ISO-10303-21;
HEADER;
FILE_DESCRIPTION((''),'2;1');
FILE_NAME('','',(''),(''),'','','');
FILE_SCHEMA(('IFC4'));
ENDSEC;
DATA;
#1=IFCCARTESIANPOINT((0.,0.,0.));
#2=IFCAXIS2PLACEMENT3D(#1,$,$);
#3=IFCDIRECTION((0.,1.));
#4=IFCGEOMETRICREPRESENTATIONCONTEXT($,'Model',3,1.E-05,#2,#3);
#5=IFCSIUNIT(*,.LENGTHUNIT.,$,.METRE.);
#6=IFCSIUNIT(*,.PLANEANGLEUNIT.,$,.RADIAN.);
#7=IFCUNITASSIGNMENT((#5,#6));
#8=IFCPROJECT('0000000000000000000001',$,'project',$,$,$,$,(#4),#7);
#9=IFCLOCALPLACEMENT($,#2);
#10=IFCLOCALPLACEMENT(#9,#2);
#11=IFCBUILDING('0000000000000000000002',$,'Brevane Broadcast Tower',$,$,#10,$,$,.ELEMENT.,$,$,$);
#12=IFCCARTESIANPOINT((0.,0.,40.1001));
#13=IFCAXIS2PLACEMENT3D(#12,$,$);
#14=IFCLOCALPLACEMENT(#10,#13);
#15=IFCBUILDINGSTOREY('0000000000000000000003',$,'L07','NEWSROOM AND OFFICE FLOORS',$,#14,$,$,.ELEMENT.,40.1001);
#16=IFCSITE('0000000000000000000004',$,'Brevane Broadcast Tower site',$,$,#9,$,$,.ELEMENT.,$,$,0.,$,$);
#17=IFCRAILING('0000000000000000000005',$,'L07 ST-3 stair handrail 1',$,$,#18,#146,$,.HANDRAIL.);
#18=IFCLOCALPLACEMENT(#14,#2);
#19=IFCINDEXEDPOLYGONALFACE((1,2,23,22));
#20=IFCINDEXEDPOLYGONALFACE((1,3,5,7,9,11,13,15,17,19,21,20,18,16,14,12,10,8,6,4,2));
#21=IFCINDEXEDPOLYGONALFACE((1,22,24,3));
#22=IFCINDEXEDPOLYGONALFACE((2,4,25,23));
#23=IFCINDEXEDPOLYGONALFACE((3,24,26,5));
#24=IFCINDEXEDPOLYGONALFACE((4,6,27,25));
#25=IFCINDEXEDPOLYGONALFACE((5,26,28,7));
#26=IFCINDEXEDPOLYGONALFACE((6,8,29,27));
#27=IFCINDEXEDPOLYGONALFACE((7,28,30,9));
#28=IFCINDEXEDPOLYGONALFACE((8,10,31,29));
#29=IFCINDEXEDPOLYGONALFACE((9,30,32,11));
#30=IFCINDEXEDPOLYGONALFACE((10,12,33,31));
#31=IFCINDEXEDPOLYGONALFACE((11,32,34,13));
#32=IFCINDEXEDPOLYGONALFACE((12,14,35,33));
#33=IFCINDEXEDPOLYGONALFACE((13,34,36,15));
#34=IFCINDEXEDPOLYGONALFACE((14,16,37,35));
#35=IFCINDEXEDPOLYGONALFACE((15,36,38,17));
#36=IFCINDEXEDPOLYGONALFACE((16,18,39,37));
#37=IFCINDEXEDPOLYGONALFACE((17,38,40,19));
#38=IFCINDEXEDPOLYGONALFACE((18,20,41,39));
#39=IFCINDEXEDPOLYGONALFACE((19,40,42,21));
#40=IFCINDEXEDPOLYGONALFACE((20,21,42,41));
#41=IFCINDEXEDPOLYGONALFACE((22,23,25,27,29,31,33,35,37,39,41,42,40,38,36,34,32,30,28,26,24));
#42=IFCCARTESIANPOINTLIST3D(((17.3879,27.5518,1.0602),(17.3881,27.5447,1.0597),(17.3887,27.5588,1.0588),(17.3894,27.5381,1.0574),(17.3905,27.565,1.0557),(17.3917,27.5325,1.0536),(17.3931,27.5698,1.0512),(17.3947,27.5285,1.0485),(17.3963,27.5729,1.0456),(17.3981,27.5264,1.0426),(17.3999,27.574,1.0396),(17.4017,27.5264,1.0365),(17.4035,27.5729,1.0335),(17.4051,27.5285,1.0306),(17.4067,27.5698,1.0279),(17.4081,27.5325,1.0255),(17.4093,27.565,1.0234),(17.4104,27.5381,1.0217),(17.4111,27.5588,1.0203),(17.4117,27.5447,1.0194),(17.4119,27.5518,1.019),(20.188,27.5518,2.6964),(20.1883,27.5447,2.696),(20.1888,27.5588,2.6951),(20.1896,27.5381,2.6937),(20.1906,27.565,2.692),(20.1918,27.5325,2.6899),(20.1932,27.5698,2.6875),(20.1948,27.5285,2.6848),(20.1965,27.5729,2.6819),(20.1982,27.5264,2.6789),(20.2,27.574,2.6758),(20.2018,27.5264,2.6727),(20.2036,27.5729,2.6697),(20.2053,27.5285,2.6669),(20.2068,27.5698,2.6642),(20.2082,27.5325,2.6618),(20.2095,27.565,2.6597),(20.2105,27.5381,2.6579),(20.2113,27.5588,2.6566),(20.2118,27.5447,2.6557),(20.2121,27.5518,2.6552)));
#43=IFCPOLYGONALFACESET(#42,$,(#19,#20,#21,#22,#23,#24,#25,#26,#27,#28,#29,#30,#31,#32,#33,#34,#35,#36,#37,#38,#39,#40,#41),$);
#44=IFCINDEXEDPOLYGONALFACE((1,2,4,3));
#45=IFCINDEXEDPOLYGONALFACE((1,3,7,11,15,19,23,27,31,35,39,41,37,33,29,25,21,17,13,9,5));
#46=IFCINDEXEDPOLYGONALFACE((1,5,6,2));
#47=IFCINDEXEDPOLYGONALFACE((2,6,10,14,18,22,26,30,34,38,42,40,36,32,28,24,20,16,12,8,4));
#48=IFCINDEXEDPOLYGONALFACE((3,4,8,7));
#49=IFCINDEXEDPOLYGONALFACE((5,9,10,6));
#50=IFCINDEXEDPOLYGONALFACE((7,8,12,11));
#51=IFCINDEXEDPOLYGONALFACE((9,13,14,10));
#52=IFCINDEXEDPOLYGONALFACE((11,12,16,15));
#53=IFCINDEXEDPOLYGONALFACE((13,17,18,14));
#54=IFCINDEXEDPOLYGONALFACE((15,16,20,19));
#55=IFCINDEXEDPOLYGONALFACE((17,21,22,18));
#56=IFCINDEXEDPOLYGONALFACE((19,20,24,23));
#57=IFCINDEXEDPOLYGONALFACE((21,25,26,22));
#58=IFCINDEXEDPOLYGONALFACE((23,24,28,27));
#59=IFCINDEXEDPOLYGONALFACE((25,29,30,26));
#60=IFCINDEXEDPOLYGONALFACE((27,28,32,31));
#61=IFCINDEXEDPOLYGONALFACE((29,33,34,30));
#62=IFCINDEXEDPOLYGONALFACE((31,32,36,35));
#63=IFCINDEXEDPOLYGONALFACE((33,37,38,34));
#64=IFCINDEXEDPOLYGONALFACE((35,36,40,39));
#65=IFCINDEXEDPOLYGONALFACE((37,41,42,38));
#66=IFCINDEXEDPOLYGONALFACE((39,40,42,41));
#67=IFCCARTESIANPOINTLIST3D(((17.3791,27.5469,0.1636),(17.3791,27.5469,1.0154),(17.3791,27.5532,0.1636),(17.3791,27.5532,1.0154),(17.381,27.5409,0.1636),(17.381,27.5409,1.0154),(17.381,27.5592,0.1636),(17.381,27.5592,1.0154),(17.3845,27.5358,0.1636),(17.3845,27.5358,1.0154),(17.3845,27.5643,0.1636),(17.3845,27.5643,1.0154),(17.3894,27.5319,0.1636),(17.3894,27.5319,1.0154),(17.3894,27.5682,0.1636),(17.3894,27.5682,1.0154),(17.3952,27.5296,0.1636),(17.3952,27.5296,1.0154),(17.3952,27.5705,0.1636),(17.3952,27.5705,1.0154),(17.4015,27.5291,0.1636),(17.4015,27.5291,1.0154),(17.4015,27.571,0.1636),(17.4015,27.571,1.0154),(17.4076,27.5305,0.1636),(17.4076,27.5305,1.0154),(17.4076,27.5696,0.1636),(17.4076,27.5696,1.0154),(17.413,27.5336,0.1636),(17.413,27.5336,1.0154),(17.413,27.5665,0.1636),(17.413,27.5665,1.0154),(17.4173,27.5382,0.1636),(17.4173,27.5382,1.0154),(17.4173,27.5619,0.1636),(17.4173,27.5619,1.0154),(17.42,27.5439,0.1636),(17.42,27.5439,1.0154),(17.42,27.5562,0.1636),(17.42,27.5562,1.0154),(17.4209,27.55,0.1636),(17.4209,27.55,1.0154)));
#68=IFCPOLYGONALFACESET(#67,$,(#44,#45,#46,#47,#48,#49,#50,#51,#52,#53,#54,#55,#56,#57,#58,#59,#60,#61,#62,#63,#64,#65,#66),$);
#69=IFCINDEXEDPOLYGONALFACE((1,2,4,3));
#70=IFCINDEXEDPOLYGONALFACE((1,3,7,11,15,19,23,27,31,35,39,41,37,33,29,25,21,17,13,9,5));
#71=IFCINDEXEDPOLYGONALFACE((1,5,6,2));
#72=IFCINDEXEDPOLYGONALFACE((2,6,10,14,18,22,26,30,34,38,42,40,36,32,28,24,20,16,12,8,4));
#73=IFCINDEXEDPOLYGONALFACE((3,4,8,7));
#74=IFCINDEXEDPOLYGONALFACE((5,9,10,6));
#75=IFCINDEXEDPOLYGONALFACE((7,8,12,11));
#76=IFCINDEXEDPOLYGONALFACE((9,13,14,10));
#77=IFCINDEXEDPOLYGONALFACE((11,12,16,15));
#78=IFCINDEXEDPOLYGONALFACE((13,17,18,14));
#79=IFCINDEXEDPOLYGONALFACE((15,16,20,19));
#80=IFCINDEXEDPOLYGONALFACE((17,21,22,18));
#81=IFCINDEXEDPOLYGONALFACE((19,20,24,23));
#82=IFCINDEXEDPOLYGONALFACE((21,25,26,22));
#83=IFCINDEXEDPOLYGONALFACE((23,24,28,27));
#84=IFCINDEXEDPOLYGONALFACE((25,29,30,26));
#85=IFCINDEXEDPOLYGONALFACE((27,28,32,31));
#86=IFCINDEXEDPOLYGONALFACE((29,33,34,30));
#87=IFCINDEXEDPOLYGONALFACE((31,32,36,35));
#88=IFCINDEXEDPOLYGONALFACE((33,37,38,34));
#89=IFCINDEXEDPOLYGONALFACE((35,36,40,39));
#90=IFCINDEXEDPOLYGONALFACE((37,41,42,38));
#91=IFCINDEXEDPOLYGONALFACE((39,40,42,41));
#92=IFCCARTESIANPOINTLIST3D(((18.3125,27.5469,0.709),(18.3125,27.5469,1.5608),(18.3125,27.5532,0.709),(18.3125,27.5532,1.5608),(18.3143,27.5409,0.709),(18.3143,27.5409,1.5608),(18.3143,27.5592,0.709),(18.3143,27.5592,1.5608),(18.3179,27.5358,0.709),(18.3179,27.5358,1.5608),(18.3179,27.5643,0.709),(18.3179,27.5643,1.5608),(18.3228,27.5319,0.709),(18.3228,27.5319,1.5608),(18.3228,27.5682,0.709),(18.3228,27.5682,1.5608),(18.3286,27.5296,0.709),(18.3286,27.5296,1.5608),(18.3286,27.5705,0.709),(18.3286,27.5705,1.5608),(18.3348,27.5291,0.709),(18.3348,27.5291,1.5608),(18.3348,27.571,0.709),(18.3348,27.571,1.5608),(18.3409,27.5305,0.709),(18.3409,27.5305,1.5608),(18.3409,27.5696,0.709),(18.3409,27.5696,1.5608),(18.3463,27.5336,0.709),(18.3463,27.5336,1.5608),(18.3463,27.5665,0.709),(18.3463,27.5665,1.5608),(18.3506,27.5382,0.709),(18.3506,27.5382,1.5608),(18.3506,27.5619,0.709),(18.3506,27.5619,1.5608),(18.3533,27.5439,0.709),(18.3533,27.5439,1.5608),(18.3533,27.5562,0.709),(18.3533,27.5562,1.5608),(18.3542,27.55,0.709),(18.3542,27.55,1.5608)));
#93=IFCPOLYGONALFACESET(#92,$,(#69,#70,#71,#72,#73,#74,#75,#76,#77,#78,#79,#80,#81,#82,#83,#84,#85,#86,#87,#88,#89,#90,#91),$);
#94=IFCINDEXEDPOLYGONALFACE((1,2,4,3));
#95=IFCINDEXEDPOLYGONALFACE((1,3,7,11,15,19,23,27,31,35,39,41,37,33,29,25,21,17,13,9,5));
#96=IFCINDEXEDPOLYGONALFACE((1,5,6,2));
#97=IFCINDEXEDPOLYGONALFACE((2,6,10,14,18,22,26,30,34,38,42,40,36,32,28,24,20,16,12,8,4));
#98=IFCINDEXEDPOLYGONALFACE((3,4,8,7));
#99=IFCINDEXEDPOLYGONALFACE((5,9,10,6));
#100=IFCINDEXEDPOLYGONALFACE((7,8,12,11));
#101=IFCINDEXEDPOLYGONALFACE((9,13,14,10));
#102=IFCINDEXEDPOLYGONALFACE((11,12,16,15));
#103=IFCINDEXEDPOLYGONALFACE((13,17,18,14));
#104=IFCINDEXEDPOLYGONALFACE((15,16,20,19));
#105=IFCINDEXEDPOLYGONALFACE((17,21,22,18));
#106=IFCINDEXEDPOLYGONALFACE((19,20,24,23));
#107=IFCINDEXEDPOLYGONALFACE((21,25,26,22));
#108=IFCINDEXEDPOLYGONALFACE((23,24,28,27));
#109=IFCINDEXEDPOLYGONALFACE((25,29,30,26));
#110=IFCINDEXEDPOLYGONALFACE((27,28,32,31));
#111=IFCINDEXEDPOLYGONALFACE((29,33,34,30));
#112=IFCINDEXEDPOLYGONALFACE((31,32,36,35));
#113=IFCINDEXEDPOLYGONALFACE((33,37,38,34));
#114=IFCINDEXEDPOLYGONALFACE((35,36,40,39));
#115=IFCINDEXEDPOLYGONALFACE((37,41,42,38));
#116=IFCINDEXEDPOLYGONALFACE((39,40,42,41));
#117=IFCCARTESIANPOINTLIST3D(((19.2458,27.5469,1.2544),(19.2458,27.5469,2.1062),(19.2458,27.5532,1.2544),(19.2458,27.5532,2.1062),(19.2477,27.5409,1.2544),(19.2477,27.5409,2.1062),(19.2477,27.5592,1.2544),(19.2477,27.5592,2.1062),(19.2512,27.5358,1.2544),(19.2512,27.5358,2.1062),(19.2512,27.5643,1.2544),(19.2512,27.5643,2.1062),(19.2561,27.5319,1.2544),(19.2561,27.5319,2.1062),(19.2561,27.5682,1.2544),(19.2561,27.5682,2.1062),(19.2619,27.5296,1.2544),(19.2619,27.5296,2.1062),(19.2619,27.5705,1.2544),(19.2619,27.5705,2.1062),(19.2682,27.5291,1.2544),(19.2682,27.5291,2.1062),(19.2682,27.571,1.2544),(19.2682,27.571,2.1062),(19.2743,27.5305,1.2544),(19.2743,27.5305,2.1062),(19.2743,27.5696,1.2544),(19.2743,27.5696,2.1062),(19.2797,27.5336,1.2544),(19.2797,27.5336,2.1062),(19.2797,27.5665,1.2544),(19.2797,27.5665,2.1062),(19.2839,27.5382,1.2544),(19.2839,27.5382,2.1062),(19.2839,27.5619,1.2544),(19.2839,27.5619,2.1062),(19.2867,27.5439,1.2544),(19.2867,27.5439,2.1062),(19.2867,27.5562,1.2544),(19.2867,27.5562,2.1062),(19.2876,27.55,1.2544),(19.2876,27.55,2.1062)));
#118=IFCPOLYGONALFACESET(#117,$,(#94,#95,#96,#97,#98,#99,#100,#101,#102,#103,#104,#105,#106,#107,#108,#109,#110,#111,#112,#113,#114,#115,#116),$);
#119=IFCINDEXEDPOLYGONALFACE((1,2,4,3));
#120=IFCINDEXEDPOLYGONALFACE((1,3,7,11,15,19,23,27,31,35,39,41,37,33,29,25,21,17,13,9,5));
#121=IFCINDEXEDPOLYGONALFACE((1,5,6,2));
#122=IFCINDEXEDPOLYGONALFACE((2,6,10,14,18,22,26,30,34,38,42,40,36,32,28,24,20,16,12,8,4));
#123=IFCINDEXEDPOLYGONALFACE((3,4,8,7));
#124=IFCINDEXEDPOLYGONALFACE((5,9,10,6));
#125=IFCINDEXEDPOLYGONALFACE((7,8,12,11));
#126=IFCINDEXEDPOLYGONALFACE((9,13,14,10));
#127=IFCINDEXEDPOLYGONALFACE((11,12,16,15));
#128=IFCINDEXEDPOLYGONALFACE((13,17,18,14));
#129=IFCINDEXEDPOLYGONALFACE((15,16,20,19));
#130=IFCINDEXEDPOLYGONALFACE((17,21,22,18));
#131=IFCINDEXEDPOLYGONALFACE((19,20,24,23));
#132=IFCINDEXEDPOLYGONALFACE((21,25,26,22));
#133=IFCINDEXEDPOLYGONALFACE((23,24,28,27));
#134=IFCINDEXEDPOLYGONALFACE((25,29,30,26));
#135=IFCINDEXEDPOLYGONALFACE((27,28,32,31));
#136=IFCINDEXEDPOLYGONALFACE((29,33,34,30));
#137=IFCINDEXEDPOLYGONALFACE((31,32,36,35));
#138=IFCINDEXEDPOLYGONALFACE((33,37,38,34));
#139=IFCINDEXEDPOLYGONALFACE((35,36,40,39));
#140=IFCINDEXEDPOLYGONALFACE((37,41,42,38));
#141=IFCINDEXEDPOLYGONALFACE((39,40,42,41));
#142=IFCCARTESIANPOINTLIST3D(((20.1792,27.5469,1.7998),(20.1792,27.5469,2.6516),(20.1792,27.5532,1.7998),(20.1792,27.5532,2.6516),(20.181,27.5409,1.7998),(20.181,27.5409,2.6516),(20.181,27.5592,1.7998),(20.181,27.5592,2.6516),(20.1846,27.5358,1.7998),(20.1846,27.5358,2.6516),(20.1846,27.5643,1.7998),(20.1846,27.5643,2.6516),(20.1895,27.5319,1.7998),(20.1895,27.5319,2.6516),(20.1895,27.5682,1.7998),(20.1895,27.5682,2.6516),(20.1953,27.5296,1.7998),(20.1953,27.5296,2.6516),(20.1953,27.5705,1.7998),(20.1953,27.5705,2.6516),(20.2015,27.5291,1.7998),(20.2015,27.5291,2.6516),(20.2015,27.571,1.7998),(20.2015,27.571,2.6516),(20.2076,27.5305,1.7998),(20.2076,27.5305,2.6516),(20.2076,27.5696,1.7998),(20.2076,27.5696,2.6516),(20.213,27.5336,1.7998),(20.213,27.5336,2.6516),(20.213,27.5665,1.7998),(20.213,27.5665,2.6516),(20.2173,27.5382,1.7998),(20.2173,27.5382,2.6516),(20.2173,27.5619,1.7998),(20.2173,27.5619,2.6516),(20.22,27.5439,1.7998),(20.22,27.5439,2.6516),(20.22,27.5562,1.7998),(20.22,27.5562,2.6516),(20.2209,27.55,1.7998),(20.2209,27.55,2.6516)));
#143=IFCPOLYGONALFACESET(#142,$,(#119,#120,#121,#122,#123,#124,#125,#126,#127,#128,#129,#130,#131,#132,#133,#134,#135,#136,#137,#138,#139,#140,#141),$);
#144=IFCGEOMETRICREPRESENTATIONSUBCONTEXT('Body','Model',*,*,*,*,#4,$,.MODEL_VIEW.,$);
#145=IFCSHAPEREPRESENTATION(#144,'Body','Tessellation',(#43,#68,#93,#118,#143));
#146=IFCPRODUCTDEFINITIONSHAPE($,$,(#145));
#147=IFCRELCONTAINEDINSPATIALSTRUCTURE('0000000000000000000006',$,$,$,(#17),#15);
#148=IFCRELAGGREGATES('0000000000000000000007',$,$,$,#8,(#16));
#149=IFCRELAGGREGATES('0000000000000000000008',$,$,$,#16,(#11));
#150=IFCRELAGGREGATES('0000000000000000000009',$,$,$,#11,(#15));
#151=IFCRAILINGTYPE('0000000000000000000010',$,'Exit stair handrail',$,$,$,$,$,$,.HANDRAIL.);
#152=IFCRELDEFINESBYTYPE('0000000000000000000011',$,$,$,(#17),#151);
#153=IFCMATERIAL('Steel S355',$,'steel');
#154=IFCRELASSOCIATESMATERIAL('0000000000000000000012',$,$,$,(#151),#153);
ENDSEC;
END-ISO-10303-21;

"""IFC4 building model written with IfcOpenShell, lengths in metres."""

from ifc_helpers import new_model, si_unit, direction, frame, origin, origin_2d, place, context, subcontext, project, spatial, circle, extrude, material, type_object, element, save


model = new_model("IFC4")

# Units and contexts
model_context = context("Model", 3, precision=1e-05, world=origin(), true_north=direction((0.0, 1.0)))
body_context = subcontext(model_context, "Body", "Model", "MODEL_VIEW")
ifc_project = project(units=[si_unit("LENGTHUNIT", "METRE"), si_unit("PLANEANGLEUNIT", "RADIAN")], contexts=[model_context])

# Site, building, storey
site_placement = place(None, origin())
site = spatial("IfcSite", under=ifc_project, at=site_placement, Name="Brevane Broadcast Tower site", CompositionType="ELEMENT", RefElevation=0.0)
building_placement = place(site_placement, origin())
building = spatial("IfcBuilding", under=site, at=building_placement, Name="Brevane Broadcast Tower", CompositionType="ELEMENT")
storey_placement = place(building_placement, frame((0.0, 0.0, 40.1001)))
storey = spatial("IfcBuildingStorey", under=building, at=storey_placement, Name="L07", Description="NEWSROOM AND OFFICE FLOORS", CompositionType="ELEMENT", Elevation=40.1001)

# Shared definitions
ifc_material_1 = material(Name="Steel S355", Category="steel")

# Railing
railing_type_1 = type_object("IfcRailingType", Name="Exit stair handrail", PredefinedType="HANDRAIL", material=ifc_material_1)
railing_1_placement = place(storey_placement, frame((17.3999, 27.55, 0.1636)))
element("IfcRailing", 1, at=railing_1_placement, inside=storey, type_object=railing_type_1, Name="L07 ST-3 stair handrail 1", PredefinedType="HANDRAIL", context=body_context, shape_type="SweptSolid", body=[
    extrude(circle(Radius=0.0239, at=origin_2d()), frame((0.0, 0.0, 0.876), z_axis=(0.863394, 0.0, 0.504531), x_axis=(0.0, 1.0, 0.0)), (0.0, 0.0, 1.0), 3.2432),
    extrude(circle(Radius=0.021, at=origin_2d()), origin(), (0.0, 0.0, 1.0), 0.8518),
    extrude(circle(Radius=0.021, at=origin_2d()), frame((0.9333, 0.0, 0.5454)), (0.0, 0.0, 1.0), 0.8518),
    extrude(circle(Radius=0.021, at=origin_2d()), frame((1.8667, 0.0, 1.0908)), (0.0, 0.0, 1.0), 0.8518),
    extrude(circle(Radius=0.021, at=origin_2d()), frame((2.8, 0.0, 1.6362)), (0.0, 0.0, 1.0), 0.8518),
])

save(model, "model.ifc")
